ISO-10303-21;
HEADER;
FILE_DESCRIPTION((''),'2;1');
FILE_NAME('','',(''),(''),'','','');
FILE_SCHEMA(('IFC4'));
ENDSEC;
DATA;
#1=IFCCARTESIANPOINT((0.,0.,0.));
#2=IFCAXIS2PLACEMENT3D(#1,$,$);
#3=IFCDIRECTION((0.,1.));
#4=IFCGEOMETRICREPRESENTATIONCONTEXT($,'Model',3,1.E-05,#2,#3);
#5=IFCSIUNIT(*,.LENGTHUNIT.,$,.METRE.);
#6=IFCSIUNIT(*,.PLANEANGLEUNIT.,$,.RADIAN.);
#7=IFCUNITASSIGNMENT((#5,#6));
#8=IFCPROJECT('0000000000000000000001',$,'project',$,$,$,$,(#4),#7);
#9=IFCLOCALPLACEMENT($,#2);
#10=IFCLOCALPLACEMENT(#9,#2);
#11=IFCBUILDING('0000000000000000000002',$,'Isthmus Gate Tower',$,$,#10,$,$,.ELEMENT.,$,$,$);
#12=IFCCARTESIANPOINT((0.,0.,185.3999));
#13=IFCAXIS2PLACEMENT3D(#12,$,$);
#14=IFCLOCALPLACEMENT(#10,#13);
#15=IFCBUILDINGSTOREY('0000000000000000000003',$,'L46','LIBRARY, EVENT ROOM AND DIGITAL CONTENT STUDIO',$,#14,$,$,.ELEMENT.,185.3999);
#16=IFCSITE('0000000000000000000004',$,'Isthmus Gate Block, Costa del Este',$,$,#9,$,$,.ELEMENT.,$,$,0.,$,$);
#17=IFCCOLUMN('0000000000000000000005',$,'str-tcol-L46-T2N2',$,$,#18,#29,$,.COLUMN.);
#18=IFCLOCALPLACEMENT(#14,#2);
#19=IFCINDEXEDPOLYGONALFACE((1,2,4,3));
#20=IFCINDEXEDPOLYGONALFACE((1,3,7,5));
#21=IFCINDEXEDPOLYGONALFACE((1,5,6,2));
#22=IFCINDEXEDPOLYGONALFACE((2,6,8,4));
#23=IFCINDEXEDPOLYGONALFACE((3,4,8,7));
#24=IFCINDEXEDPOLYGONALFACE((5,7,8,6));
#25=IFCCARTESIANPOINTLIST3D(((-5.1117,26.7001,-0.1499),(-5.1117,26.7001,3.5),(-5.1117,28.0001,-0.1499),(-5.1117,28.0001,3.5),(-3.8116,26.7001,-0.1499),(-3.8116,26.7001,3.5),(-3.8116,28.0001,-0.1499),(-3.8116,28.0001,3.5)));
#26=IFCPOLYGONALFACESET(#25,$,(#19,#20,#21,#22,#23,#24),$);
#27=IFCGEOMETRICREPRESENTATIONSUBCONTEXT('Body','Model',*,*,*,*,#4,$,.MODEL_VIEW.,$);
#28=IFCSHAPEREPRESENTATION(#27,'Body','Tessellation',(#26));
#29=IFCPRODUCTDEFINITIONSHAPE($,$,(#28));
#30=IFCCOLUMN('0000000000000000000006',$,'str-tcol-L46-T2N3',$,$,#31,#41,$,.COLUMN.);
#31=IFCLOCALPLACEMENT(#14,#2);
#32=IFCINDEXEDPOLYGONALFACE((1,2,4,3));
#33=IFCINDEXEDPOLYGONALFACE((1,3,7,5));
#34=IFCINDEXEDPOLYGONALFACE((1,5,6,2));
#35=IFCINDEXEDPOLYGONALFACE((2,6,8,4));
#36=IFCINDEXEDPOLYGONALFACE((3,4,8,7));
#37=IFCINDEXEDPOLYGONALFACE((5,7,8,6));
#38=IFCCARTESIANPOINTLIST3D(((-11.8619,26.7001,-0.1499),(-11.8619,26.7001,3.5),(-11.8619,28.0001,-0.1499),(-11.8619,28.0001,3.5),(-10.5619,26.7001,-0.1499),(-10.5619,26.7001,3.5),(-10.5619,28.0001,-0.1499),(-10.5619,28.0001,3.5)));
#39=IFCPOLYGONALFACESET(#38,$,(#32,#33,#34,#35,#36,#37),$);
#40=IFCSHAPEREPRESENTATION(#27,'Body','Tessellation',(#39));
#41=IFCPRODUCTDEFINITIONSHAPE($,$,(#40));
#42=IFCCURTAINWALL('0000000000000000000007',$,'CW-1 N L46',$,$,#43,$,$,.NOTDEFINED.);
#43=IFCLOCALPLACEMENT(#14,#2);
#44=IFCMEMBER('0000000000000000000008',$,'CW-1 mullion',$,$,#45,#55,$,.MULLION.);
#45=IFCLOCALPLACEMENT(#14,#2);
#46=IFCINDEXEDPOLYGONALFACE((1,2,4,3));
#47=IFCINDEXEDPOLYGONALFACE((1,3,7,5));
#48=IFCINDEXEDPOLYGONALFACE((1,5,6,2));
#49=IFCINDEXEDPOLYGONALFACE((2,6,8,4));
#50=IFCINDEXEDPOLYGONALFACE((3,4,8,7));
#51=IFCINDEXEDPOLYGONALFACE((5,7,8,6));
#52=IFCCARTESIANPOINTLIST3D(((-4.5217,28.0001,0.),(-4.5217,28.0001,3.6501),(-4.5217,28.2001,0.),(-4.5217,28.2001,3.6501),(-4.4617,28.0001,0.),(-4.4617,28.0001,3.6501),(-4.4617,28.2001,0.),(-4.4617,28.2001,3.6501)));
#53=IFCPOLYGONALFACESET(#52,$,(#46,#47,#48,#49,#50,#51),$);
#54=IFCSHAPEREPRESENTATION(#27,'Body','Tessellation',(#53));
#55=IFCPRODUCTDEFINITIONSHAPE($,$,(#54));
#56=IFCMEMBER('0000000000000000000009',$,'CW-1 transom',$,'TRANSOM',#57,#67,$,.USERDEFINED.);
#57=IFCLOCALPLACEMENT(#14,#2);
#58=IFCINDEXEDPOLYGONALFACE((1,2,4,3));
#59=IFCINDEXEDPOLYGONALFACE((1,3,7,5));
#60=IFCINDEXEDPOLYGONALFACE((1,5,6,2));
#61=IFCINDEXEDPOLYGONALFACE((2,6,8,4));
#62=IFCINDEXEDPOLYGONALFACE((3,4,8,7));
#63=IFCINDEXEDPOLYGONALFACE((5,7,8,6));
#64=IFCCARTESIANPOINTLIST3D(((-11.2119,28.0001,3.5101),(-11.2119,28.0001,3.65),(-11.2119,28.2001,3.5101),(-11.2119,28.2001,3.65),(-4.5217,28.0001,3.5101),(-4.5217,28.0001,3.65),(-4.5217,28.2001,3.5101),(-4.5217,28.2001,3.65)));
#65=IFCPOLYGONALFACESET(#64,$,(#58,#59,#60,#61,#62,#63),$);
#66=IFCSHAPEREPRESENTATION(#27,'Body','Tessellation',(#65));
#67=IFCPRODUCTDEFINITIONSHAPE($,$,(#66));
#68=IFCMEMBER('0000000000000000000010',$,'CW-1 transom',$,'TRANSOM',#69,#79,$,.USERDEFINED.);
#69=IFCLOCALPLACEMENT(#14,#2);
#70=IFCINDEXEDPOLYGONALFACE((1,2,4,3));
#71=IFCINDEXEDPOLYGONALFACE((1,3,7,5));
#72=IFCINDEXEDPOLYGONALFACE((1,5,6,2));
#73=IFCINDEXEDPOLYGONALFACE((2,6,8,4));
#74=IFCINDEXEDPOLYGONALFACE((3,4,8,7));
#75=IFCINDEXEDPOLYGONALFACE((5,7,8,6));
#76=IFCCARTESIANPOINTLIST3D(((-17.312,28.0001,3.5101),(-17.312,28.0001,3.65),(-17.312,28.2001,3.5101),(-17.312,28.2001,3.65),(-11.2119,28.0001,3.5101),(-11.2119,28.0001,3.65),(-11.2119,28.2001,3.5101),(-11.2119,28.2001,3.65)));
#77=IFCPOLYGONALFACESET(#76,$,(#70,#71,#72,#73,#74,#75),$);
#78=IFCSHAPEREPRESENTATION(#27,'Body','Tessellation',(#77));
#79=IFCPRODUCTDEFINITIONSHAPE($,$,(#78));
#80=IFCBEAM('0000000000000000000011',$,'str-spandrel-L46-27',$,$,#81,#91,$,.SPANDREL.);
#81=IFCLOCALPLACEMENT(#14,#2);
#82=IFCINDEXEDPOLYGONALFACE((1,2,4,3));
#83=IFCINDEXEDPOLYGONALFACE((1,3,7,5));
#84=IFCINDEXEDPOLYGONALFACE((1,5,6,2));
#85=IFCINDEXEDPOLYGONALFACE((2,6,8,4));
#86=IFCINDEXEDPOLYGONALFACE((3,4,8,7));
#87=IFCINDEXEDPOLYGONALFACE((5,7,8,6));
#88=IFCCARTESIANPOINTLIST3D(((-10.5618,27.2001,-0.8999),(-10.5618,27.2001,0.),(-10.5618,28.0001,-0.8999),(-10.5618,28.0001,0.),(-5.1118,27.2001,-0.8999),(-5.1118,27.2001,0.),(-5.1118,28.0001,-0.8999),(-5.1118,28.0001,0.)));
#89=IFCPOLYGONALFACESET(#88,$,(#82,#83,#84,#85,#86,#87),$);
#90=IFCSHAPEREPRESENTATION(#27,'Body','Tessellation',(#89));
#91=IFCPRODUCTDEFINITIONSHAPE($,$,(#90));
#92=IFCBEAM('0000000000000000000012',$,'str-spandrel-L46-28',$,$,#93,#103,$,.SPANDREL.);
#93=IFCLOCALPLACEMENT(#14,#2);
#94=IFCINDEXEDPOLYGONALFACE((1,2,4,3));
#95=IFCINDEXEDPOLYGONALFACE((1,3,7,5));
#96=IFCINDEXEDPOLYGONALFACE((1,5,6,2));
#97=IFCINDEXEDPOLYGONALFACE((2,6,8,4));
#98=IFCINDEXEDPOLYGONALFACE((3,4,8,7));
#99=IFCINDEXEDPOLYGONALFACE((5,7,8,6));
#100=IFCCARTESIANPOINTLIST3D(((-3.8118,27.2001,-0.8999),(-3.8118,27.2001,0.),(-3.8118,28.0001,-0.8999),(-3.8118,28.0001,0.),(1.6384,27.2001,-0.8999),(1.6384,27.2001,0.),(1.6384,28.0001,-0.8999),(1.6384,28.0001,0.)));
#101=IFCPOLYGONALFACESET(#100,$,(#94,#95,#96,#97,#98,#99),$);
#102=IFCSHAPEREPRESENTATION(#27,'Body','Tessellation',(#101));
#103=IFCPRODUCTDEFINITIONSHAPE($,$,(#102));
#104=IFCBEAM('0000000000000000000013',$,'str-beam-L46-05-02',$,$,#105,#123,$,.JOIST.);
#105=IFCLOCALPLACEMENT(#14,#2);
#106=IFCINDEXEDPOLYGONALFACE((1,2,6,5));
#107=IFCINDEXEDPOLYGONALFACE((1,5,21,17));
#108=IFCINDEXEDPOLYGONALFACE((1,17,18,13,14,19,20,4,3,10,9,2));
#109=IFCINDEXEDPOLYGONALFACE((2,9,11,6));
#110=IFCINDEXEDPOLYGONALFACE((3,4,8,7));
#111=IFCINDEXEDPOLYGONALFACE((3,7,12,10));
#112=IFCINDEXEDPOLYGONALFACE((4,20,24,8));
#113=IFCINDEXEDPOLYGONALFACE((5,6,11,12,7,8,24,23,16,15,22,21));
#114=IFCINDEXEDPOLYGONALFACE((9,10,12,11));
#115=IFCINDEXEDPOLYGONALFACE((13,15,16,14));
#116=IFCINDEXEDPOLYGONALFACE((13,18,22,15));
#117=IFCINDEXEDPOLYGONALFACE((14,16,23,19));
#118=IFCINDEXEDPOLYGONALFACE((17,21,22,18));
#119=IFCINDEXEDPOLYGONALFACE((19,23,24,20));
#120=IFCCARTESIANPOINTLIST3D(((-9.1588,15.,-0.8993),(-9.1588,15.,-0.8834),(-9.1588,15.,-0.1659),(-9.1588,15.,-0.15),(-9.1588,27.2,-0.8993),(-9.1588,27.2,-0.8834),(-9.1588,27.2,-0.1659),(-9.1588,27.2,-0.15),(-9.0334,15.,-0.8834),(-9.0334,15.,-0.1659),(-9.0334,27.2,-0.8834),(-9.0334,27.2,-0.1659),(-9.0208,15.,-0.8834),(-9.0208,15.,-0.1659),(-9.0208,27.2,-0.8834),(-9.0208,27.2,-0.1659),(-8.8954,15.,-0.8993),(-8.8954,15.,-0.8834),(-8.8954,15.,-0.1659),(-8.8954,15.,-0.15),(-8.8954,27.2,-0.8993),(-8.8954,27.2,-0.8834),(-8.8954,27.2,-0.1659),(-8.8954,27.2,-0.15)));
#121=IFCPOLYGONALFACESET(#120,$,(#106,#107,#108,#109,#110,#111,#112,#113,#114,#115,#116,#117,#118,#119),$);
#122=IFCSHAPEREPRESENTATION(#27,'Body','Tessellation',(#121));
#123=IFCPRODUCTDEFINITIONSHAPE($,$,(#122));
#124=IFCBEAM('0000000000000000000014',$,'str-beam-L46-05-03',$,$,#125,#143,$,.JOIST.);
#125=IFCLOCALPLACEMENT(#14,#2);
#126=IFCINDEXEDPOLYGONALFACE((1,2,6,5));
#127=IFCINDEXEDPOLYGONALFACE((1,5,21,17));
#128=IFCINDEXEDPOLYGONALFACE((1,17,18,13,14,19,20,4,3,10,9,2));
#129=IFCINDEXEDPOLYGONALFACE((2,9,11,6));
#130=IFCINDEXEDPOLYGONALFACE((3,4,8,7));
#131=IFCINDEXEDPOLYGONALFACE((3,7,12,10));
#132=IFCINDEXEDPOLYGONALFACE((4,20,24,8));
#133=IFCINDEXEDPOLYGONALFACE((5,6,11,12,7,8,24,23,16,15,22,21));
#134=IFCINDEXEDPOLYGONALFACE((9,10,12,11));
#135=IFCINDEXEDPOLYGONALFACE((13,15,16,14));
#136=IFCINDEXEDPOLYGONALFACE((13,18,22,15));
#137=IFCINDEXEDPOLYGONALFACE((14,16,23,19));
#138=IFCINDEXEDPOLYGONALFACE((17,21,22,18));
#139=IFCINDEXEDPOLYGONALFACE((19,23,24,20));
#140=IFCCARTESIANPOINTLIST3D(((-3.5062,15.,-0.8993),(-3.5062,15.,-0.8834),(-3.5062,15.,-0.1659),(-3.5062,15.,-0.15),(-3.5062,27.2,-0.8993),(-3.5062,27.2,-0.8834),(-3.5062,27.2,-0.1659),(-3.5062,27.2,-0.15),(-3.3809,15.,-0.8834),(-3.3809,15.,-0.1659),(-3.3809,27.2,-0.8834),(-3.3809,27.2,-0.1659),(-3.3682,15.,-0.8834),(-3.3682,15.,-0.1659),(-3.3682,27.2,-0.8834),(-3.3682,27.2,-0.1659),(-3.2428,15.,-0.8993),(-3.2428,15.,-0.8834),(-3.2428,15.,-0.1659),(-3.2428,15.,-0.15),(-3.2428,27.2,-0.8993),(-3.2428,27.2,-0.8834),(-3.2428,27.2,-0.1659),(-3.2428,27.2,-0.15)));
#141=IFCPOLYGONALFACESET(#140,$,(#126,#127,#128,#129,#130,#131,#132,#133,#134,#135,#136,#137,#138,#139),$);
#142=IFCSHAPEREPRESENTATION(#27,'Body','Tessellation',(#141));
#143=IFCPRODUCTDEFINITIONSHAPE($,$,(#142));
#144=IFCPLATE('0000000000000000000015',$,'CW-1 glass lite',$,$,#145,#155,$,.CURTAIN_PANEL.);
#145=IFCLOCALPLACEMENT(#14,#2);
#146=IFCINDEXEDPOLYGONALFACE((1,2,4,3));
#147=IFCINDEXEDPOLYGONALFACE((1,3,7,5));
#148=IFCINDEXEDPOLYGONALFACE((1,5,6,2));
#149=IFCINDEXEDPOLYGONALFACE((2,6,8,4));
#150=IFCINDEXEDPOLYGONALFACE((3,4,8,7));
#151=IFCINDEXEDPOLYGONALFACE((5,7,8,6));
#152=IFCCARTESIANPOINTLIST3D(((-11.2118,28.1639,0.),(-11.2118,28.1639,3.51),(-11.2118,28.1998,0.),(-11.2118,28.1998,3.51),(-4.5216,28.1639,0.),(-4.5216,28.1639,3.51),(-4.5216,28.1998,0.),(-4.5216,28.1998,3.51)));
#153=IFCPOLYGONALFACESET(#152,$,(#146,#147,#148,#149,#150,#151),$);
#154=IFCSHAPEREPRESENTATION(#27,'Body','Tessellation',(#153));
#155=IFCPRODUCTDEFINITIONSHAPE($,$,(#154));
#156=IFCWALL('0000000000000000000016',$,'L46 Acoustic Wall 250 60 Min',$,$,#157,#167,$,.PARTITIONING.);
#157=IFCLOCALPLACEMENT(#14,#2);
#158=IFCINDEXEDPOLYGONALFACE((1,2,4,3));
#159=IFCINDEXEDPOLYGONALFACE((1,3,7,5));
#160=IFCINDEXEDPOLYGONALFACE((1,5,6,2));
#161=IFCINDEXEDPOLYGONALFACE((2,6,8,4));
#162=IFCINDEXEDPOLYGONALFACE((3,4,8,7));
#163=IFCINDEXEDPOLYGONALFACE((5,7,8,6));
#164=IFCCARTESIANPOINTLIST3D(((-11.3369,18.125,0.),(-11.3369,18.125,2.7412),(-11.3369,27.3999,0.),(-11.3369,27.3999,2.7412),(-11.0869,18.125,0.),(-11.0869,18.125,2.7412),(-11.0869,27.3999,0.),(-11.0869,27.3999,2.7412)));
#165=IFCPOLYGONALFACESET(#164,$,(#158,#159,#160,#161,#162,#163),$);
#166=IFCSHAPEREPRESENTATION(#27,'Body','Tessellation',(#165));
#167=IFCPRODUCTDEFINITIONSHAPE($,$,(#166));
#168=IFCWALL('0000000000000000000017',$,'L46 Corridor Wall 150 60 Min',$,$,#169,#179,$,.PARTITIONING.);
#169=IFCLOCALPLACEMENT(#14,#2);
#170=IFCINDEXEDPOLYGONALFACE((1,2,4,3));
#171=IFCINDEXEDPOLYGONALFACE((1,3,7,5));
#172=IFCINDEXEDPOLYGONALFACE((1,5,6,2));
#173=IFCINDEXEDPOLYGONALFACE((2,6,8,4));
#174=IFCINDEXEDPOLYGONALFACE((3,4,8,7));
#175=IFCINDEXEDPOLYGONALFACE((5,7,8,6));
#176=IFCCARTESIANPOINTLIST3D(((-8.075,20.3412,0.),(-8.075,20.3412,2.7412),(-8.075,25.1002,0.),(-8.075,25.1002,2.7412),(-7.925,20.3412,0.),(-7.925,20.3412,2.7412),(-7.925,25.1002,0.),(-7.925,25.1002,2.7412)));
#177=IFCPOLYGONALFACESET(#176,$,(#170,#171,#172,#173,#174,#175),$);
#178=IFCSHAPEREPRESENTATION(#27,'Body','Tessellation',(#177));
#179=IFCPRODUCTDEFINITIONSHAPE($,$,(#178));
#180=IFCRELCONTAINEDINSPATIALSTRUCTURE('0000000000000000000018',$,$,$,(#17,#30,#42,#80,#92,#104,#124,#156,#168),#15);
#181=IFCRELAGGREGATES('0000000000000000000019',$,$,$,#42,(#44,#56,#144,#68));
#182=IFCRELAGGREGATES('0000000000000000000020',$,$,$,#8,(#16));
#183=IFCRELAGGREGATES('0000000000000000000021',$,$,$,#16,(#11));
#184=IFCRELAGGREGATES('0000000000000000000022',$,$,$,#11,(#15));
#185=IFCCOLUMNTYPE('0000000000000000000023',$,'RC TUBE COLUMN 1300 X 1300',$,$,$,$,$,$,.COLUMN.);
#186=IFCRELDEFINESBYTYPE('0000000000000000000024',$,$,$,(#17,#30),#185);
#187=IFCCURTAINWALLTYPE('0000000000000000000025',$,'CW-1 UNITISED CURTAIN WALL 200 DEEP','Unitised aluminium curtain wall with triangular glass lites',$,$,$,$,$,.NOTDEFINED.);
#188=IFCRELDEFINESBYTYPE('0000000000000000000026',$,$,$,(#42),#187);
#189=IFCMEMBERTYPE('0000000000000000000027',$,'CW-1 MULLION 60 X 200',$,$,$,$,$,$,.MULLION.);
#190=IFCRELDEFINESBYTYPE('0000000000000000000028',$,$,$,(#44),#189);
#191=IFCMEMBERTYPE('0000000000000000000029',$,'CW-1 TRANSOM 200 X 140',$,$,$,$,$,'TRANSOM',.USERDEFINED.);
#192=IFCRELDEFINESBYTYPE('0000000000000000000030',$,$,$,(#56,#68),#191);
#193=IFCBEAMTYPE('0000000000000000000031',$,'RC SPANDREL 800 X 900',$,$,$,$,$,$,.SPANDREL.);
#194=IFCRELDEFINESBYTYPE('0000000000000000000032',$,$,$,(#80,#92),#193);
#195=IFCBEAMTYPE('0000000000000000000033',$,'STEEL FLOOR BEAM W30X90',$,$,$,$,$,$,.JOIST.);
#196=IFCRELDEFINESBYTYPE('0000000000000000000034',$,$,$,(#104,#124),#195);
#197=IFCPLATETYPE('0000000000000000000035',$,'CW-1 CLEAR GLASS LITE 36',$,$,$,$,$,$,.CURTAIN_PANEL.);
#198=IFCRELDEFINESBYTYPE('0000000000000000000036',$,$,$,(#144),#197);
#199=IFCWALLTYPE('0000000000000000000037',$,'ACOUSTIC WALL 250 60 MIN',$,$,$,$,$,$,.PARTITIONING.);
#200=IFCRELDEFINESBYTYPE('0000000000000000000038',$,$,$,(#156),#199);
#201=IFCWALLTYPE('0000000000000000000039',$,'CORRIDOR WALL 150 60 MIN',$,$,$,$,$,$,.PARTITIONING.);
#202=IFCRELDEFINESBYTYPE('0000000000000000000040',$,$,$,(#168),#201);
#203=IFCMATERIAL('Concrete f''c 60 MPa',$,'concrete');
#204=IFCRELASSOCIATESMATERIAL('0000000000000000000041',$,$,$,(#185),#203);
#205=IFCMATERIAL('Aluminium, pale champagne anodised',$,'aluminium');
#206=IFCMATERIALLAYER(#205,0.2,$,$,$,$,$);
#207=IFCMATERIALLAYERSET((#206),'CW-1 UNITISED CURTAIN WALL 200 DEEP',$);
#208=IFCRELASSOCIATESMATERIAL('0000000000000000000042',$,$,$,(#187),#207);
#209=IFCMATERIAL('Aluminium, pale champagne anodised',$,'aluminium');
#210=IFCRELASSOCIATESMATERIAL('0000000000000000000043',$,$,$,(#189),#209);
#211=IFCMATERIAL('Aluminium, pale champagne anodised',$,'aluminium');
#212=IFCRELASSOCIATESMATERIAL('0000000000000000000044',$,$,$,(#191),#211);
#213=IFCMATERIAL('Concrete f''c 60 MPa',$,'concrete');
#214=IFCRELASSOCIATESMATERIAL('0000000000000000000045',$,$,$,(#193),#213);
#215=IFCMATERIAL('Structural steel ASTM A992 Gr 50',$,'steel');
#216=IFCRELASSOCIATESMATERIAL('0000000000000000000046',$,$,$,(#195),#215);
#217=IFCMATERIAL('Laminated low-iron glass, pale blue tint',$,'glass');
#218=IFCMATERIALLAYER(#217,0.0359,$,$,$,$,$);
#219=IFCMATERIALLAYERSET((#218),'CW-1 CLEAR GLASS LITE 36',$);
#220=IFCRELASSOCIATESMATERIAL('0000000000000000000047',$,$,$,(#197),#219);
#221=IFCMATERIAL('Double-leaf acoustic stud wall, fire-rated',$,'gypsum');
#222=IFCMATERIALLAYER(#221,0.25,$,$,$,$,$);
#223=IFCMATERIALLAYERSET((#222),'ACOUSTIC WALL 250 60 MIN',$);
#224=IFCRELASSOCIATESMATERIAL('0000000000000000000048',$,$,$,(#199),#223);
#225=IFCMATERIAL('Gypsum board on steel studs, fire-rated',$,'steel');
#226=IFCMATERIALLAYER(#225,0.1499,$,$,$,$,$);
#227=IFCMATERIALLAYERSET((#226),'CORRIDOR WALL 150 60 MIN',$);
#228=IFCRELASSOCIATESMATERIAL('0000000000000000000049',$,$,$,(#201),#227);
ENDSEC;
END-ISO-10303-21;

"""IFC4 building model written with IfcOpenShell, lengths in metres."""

from ifc_helpers import new_model, si_unit, direction, frame, frame_2d, origin, origin_2d, place, context, subcontext, project, spatial, rectangle, i_section, extrude, material, layer, layer_set, material_profile, profile_set, type_object, element, aggregate, save


model = new_model("IFC4")

# Units and contexts
model_context = context("Model", 3, precision=1e-05, world=origin(), true_north=direction((0.0, 1.0)))
body_context = subcontext(model_context, "Body", "Model", "MODEL_VIEW")
ifc_project = project(units=[si_unit("LENGTHUNIT", "METRE"), si_unit("PLANEANGLEUNIT", "RADIAN")], contexts=[model_context])

# Site, building, storey
site_placement = place(None, origin())
site = spatial("IfcSite", under=ifc_project, at=site_placement, Name="Isthmus Gate Block, Costa del Este", CompositionType="ELEMENT", RefElevation=0.0)
building_placement = place(site_placement, origin())
building = spatial("IfcBuilding", under=site, at=building_placement, Name="Isthmus Gate Tower", CompositionType="ELEMENT")
storey_placement = place(building_placement, frame((0.0, 0.0, 185.3999)))
storey = spatial("IfcBuildingStorey", under=building, at=storey_placement, Name="L46", Description="LIBRARY, EVENT ROOM AND DIGITAL CONTENT STUDIO", CompositionType="ELEMENT", Elevation=185.3999)

# Columns
ifc_material_1 = material(Name="Concrete f'c 60 MPa", Category="concrete")
ifc_material_profile_1 = material_profile(ifc_material_1, rectangle(XDim=1.3, YDim=1.3, at=origin_2d()), Name="RC 1300X1300")
ifc_profile_set_1 = profile_set([ifc_material_profile_1], Name="Concrete f'c 60 MPa")
column_type = type_object("IfcColumnType", Name="RC TUBE COLUMN 1300 X 1300", PredefinedType="COLUMN", material=ifc_profile_set_1)
for number, where, z_axis, x_axis, name in (
    (1, (-4.4617, 27.3501, -0.1499), (0.0, 0.0, 1.0), (-1.0, 0.0, 0.0), "str-tcol-L46-T2N2"),
    (2, (-11.2119, 27.3501, -0.1499), (0.0, 0.0, 1.0), (-1.0, 0.0, 0.0), "str-tcol-L46-T2N3"),
):
    element("IfcColumn", number, at=place(storey_placement, frame(where, z_axis=z_axis, x_axis=x_axis)), inside=storey, type_object=column_type, Name=name, PredefinedType="COLUMN", context=body_context, shape_type="SweptSolid", body=[
        extrude(rectangle(XDim=1.3, YDim=1.3, at=origin_2d()), origin(), (0.0, 0.0, 1.0), 3.6499),
    ])

# Curtain wall, members
ifc_material_2 = material(Name="Aluminium, pale champagne anodised", Category="aluminium")
ifc_layer_1 = layer(ifc_material_2, 0.2)
ifc_layer_set_1 = layer_set([ifc_layer_1], Name="CW-1 UNITISED CURTAIN WALL 200 DEEP")
curtain_wall_type = type_object("IfcCurtainWallType", Name="CW-1 UNITISED CURTAIN WALL 200 DEEP", Description="Unitised aluminium curtain wall with triangular glass lites", PredefinedType="NOTDEFINED", material=ifc_layer_set_1)
curtain_wall_placement = place(storey_placement, origin())
curtain_wall = element("IfcCurtainWall", 3, at=curtain_wall_placement, inside=storey, type_object=curtain_wall_type, Name="CW-1 N L46", PredefinedType="NOTDEFINED")
ifc_material_3 = material(Name="Aluminium, pale champagne anodised", Category="aluminium")
ifc_material_profile_2 = material_profile(ifc_material_3, rectangle(XDim=0.0601, YDim=0.2, at=origin_2d()), Name="60x200")
ifc_profile_set_2 = profile_set([ifc_material_profile_2], Name="Aluminium, pale champagne anodised")
member_type_1 = type_object("IfcMemberType", Name="CW-1 MULLION 60 X 200", PredefinedType="MULLION", material=ifc_profile_set_2)
member_1_placement = place(storey_placement, frame((-4.4917, 28.1001, 0.0), z_axis=(0.0, 0.0, 1.0), x_axis=(-1.0, 0.0, 0.0)))
member_1 = element("IfcMember", 4, at=member_1_placement, type_object=member_type_1, Name="CW-1 mullion", PredefinedType="MULLION", context=body_context, shape_type="SweptSolid", body=[
    extrude(rectangle(XDim=0.0601, YDim=0.2, at=origin_2d()), origin(), (0.0, 0.0, 1.0), 3.6501),
])
ifc_material_4 = material(Name="Aluminium, pale champagne anodised", Category="aluminium")
ifc_material_profile_3 = material_profile(ifc_material_4, rectangle(XDim=0.2, YDim=0.1399, at=origin_2d()), Name="200x140")
ifc_profile_set_3 = profile_set([ifc_material_profile_3], Name="Aluminium, pale champagne anodised")
member_type_2 = type_object("IfcMemberType", Name="CW-1 TRANSOM 200 X 140", ElementType="TRANSOM", PredefinedType="USERDEFINED", material=ifc_profile_set_3)
member_2_placement = place(storey_placement, frame((-4.5217, 28.1001, 3.5801), z_axis=(-1.0, 0.0, 0.0), x_axis=(0.0, -1.0, 0.0)))
member_2 = element("IfcMember", 5, at=member_2_placement, type_object=member_type_2, Name="CW-1 transom", ObjectType="TRANSOM", PredefinedType="USERDEFINED", context=body_context, shape_type="SweptSolid", body=[
    extrude(rectangle(XDim=0.2, YDim=0.1399, at=origin_2d()), origin(), (0.0, 0.0, 1.0), 6.6902),
])
member_3_placement = place(storey_placement, frame((-11.2119, 28.1001, 3.5801), z_axis=(-1.0, 0.0, 0.0), x_axis=(0.0, -1.0, 0.0)))
member_3 = element("IfcMember", 6, at=member_3_placement, type_object=member_type_2, Name="CW-1 transom", ObjectType="TRANSOM", PredefinedType="USERDEFINED", context=body_context, shape_type="SweptSolid", body=[
    extrude(rectangle(XDim=0.2, YDim=0.1399, at=origin_2d()), origin(), (0.0, 0.0, 1.0), 6.1001),
])

# Beams
ifc_material_5 = material(Name="Concrete f'c 60 MPa", Category="concrete")
ifc_material_profile_4 = material_profile(ifc_material_5, rectangle(XDim=0.8, YDim=0.8999, at=origin_2d()), Name="RC 800X900")
ifc_profile_set_4 = profile_set([ifc_material_profile_4], Name="Concrete f'c 60 MPa")
beam_type_1 = type_object("IfcBeamType", Name="RC SPANDREL 800 X 900", PredefinedType="SPANDREL", material=ifc_profile_set_4)
beam_1_placement = place(storey_placement, frame((-10.5618, 27.6001, -0.45), z_axis=(1.0, 0.0, 0.0), x_axis=(0.0, 1.0, 0.0)))
element("IfcBeam", 7, at=beam_1_placement, inside=storey, type_object=beam_type_1, Name="str-spandrel-L46-27", PredefinedType="SPANDREL", context=body_context, shape_type="SweptSolid", body=[
    extrude(rectangle(XDim=0.8, YDim=0.8999, at=origin_2d()), origin(), (0.0, 0.0, 1.0), 5.45),
])
beam_2_placement = place(storey_placement, frame((-3.8118, 27.6001, -0.45), z_axis=(1.0, 0.0, 0.0), x_axis=(0.0, 1.0, 0.0)))
element("IfcBeam", 8, at=beam_2_placement, inside=storey, type_object=beam_type_1, Name="str-spandrel-L46-28", PredefinedType="SPANDREL", context=body_context, shape_type="SweptSolid", body=[
    extrude(rectangle(XDim=0.8, YDim=0.8999, at=origin_2d()), origin(), (0.0, 0.0, 1.0), 5.4502),
])
ifc_material_6 = material(Name="Structural steel ASTM A992 Gr 50", Category="steel")
ifc_material_profile_5 = material_profile(ifc_material_6, i_section(OverallWidth=0.2634, OverallDepth=0.7493, WebThickness=0.0127, FlangeThickness=0.0159, at=origin_2d()), Name="W30X90")
ifc_profile_set_5 = profile_set([ifc_material_profile_5], Name="Structural steel ASTM A992 Gr 50")
beam_type_2 = type_object("IfcBeamType", Name="STEEL FLOOR BEAM W30X90", PredefinedType="JOIST", material=ifc_profile_set_5)
for number, where, z_axis, x_axis, name in (
    (9, (-9.0271, 15.0, -0.5247), (0.0, 1.0, 0.0), (-1.0, 0.0, 0.0), "str-beam-L46-05-02"),
    (10, (-3.3745, 15.0, -0.5247), (0.0, 1.0, 0.0), (-1.0, 0.0, 0.0), "str-beam-L46-05-03"),
):
    element("IfcBeam", number, at=place(storey_placement, frame(where, z_axis=z_axis, x_axis=x_axis)), inside=storey, type_object=beam_type_2, Name=name, PredefinedType="JOIST", context=body_context, shape_type="SweptSolid", body=[
        extrude(i_section(OverallWidth=0.2634, OverallDepth=0.7493, WebThickness=0.0127, FlangeThickness=0.0159, at=origin_2d()), origin(), (0.0, 0.0, 1.0), 12.2),
    ])

# Plate
ifc_material_7 = material(Name="Laminated low-iron glass, pale blue tint", Category="glass")
ifc_layer_2 = layer(ifc_material_7, 0.0359)
ifc_layer_set_2 = layer_set([ifc_layer_2], Name="CW-1 CLEAR GLASS LITE 36")
plate_type = type_object("IfcPlateType", Name="CW-1 CLEAR GLASS LITE 36", PredefinedType="CURTAIN_PANEL", material=ifc_layer_set_2)
plate_placement = place(storey_placement, frame((-7.8667, 28.1819, 0.0), z_axis=(0.0, 0.0, 1.0), x_axis=(-1.0, 0.0, 0.0)))
plate = element("IfcPlate", 11, at=plate_placement, type_object=plate_type, Name="CW-1 glass lite", PredefinedType="CURTAIN_PANEL", context=body_context, shape_type="SweptSolid", body=[
    extrude(rectangle(XDim=6.6902, YDim=0.0359, at=origin_2d()), origin(), (0.0, 0.0, 1.0), 3.51),
])
aggregate(curtain_wall, [member_1, member_2, plate, member_3])

# Walls
ifc_material_8 = material(Name="Double-leaf acoustic stud wall, fire-rated", Category="gypsum")
ifc_layer_3 = layer(ifc_material_8, 0.25)
ifc_layer_set_3 = layer_set([ifc_layer_3], Name="ACOUSTIC WALL 250 60 MIN")
wall_type_1 = type_object("IfcWallType", Name="ACOUSTIC WALL 250 60 MIN", PredefinedType="PARTITIONING", material=ifc_layer_set_3)
wall_1_placement = place(storey_placement, frame((-11.2119, 18.125, 0.0), z_axis=(0.0, 0.0, 1.0), x_axis=(0.0, 1.0, 0.0)))
element("IfcWall", 12, at=wall_1_placement, inside=storey, type_object=wall_type_1, Name="L46 Acoustic Wall 250 60 Min", PredefinedType="PARTITIONING", context=body_context, shape_type="SweptSolid", body=[
    extrude(rectangle(XDim=9.2749, YDim=0.25, at=frame_2d((4.6375, 0.0))), origin(), (0.0, 0.0, 1.0), 2.7412),
])
ifc_material_9 = material(Name="Gypsum board on steel studs, fire-rated", Category="steel")
ifc_layer_4 = layer(ifc_material_9, 0.1499)
ifc_layer_set_4 = layer_set([ifc_layer_4], Name="CORRIDOR WALL 150 60 MIN")
wall_type_2 = type_object("IfcWallType", Name="CORRIDOR WALL 150 60 MIN", PredefinedType="PARTITIONING", material=ifc_layer_set_4)
wall_2_placement = place(storey_placement, frame((-8.0, 25.1001, 0.0), z_axis=(0.0, 0.0, 1.0), x_axis=(0.0, -1.0, 0.0)))
element("IfcWall", 13, at=wall_2_placement, inside=storey, type_object=wall_type_2, Name="L46 Corridor Wall 150 60 Min", PredefinedType="PARTITIONING", context=body_context, shape_type="SweptSolid", body=[
    extrude(rectangle(XDim=4.759, YDim=0.1499, at=frame_2d((2.3794, 0.0))), origin(), (0.0, 0.0, 1.0), 2.7412),
])

save(model, "model.ifc")
